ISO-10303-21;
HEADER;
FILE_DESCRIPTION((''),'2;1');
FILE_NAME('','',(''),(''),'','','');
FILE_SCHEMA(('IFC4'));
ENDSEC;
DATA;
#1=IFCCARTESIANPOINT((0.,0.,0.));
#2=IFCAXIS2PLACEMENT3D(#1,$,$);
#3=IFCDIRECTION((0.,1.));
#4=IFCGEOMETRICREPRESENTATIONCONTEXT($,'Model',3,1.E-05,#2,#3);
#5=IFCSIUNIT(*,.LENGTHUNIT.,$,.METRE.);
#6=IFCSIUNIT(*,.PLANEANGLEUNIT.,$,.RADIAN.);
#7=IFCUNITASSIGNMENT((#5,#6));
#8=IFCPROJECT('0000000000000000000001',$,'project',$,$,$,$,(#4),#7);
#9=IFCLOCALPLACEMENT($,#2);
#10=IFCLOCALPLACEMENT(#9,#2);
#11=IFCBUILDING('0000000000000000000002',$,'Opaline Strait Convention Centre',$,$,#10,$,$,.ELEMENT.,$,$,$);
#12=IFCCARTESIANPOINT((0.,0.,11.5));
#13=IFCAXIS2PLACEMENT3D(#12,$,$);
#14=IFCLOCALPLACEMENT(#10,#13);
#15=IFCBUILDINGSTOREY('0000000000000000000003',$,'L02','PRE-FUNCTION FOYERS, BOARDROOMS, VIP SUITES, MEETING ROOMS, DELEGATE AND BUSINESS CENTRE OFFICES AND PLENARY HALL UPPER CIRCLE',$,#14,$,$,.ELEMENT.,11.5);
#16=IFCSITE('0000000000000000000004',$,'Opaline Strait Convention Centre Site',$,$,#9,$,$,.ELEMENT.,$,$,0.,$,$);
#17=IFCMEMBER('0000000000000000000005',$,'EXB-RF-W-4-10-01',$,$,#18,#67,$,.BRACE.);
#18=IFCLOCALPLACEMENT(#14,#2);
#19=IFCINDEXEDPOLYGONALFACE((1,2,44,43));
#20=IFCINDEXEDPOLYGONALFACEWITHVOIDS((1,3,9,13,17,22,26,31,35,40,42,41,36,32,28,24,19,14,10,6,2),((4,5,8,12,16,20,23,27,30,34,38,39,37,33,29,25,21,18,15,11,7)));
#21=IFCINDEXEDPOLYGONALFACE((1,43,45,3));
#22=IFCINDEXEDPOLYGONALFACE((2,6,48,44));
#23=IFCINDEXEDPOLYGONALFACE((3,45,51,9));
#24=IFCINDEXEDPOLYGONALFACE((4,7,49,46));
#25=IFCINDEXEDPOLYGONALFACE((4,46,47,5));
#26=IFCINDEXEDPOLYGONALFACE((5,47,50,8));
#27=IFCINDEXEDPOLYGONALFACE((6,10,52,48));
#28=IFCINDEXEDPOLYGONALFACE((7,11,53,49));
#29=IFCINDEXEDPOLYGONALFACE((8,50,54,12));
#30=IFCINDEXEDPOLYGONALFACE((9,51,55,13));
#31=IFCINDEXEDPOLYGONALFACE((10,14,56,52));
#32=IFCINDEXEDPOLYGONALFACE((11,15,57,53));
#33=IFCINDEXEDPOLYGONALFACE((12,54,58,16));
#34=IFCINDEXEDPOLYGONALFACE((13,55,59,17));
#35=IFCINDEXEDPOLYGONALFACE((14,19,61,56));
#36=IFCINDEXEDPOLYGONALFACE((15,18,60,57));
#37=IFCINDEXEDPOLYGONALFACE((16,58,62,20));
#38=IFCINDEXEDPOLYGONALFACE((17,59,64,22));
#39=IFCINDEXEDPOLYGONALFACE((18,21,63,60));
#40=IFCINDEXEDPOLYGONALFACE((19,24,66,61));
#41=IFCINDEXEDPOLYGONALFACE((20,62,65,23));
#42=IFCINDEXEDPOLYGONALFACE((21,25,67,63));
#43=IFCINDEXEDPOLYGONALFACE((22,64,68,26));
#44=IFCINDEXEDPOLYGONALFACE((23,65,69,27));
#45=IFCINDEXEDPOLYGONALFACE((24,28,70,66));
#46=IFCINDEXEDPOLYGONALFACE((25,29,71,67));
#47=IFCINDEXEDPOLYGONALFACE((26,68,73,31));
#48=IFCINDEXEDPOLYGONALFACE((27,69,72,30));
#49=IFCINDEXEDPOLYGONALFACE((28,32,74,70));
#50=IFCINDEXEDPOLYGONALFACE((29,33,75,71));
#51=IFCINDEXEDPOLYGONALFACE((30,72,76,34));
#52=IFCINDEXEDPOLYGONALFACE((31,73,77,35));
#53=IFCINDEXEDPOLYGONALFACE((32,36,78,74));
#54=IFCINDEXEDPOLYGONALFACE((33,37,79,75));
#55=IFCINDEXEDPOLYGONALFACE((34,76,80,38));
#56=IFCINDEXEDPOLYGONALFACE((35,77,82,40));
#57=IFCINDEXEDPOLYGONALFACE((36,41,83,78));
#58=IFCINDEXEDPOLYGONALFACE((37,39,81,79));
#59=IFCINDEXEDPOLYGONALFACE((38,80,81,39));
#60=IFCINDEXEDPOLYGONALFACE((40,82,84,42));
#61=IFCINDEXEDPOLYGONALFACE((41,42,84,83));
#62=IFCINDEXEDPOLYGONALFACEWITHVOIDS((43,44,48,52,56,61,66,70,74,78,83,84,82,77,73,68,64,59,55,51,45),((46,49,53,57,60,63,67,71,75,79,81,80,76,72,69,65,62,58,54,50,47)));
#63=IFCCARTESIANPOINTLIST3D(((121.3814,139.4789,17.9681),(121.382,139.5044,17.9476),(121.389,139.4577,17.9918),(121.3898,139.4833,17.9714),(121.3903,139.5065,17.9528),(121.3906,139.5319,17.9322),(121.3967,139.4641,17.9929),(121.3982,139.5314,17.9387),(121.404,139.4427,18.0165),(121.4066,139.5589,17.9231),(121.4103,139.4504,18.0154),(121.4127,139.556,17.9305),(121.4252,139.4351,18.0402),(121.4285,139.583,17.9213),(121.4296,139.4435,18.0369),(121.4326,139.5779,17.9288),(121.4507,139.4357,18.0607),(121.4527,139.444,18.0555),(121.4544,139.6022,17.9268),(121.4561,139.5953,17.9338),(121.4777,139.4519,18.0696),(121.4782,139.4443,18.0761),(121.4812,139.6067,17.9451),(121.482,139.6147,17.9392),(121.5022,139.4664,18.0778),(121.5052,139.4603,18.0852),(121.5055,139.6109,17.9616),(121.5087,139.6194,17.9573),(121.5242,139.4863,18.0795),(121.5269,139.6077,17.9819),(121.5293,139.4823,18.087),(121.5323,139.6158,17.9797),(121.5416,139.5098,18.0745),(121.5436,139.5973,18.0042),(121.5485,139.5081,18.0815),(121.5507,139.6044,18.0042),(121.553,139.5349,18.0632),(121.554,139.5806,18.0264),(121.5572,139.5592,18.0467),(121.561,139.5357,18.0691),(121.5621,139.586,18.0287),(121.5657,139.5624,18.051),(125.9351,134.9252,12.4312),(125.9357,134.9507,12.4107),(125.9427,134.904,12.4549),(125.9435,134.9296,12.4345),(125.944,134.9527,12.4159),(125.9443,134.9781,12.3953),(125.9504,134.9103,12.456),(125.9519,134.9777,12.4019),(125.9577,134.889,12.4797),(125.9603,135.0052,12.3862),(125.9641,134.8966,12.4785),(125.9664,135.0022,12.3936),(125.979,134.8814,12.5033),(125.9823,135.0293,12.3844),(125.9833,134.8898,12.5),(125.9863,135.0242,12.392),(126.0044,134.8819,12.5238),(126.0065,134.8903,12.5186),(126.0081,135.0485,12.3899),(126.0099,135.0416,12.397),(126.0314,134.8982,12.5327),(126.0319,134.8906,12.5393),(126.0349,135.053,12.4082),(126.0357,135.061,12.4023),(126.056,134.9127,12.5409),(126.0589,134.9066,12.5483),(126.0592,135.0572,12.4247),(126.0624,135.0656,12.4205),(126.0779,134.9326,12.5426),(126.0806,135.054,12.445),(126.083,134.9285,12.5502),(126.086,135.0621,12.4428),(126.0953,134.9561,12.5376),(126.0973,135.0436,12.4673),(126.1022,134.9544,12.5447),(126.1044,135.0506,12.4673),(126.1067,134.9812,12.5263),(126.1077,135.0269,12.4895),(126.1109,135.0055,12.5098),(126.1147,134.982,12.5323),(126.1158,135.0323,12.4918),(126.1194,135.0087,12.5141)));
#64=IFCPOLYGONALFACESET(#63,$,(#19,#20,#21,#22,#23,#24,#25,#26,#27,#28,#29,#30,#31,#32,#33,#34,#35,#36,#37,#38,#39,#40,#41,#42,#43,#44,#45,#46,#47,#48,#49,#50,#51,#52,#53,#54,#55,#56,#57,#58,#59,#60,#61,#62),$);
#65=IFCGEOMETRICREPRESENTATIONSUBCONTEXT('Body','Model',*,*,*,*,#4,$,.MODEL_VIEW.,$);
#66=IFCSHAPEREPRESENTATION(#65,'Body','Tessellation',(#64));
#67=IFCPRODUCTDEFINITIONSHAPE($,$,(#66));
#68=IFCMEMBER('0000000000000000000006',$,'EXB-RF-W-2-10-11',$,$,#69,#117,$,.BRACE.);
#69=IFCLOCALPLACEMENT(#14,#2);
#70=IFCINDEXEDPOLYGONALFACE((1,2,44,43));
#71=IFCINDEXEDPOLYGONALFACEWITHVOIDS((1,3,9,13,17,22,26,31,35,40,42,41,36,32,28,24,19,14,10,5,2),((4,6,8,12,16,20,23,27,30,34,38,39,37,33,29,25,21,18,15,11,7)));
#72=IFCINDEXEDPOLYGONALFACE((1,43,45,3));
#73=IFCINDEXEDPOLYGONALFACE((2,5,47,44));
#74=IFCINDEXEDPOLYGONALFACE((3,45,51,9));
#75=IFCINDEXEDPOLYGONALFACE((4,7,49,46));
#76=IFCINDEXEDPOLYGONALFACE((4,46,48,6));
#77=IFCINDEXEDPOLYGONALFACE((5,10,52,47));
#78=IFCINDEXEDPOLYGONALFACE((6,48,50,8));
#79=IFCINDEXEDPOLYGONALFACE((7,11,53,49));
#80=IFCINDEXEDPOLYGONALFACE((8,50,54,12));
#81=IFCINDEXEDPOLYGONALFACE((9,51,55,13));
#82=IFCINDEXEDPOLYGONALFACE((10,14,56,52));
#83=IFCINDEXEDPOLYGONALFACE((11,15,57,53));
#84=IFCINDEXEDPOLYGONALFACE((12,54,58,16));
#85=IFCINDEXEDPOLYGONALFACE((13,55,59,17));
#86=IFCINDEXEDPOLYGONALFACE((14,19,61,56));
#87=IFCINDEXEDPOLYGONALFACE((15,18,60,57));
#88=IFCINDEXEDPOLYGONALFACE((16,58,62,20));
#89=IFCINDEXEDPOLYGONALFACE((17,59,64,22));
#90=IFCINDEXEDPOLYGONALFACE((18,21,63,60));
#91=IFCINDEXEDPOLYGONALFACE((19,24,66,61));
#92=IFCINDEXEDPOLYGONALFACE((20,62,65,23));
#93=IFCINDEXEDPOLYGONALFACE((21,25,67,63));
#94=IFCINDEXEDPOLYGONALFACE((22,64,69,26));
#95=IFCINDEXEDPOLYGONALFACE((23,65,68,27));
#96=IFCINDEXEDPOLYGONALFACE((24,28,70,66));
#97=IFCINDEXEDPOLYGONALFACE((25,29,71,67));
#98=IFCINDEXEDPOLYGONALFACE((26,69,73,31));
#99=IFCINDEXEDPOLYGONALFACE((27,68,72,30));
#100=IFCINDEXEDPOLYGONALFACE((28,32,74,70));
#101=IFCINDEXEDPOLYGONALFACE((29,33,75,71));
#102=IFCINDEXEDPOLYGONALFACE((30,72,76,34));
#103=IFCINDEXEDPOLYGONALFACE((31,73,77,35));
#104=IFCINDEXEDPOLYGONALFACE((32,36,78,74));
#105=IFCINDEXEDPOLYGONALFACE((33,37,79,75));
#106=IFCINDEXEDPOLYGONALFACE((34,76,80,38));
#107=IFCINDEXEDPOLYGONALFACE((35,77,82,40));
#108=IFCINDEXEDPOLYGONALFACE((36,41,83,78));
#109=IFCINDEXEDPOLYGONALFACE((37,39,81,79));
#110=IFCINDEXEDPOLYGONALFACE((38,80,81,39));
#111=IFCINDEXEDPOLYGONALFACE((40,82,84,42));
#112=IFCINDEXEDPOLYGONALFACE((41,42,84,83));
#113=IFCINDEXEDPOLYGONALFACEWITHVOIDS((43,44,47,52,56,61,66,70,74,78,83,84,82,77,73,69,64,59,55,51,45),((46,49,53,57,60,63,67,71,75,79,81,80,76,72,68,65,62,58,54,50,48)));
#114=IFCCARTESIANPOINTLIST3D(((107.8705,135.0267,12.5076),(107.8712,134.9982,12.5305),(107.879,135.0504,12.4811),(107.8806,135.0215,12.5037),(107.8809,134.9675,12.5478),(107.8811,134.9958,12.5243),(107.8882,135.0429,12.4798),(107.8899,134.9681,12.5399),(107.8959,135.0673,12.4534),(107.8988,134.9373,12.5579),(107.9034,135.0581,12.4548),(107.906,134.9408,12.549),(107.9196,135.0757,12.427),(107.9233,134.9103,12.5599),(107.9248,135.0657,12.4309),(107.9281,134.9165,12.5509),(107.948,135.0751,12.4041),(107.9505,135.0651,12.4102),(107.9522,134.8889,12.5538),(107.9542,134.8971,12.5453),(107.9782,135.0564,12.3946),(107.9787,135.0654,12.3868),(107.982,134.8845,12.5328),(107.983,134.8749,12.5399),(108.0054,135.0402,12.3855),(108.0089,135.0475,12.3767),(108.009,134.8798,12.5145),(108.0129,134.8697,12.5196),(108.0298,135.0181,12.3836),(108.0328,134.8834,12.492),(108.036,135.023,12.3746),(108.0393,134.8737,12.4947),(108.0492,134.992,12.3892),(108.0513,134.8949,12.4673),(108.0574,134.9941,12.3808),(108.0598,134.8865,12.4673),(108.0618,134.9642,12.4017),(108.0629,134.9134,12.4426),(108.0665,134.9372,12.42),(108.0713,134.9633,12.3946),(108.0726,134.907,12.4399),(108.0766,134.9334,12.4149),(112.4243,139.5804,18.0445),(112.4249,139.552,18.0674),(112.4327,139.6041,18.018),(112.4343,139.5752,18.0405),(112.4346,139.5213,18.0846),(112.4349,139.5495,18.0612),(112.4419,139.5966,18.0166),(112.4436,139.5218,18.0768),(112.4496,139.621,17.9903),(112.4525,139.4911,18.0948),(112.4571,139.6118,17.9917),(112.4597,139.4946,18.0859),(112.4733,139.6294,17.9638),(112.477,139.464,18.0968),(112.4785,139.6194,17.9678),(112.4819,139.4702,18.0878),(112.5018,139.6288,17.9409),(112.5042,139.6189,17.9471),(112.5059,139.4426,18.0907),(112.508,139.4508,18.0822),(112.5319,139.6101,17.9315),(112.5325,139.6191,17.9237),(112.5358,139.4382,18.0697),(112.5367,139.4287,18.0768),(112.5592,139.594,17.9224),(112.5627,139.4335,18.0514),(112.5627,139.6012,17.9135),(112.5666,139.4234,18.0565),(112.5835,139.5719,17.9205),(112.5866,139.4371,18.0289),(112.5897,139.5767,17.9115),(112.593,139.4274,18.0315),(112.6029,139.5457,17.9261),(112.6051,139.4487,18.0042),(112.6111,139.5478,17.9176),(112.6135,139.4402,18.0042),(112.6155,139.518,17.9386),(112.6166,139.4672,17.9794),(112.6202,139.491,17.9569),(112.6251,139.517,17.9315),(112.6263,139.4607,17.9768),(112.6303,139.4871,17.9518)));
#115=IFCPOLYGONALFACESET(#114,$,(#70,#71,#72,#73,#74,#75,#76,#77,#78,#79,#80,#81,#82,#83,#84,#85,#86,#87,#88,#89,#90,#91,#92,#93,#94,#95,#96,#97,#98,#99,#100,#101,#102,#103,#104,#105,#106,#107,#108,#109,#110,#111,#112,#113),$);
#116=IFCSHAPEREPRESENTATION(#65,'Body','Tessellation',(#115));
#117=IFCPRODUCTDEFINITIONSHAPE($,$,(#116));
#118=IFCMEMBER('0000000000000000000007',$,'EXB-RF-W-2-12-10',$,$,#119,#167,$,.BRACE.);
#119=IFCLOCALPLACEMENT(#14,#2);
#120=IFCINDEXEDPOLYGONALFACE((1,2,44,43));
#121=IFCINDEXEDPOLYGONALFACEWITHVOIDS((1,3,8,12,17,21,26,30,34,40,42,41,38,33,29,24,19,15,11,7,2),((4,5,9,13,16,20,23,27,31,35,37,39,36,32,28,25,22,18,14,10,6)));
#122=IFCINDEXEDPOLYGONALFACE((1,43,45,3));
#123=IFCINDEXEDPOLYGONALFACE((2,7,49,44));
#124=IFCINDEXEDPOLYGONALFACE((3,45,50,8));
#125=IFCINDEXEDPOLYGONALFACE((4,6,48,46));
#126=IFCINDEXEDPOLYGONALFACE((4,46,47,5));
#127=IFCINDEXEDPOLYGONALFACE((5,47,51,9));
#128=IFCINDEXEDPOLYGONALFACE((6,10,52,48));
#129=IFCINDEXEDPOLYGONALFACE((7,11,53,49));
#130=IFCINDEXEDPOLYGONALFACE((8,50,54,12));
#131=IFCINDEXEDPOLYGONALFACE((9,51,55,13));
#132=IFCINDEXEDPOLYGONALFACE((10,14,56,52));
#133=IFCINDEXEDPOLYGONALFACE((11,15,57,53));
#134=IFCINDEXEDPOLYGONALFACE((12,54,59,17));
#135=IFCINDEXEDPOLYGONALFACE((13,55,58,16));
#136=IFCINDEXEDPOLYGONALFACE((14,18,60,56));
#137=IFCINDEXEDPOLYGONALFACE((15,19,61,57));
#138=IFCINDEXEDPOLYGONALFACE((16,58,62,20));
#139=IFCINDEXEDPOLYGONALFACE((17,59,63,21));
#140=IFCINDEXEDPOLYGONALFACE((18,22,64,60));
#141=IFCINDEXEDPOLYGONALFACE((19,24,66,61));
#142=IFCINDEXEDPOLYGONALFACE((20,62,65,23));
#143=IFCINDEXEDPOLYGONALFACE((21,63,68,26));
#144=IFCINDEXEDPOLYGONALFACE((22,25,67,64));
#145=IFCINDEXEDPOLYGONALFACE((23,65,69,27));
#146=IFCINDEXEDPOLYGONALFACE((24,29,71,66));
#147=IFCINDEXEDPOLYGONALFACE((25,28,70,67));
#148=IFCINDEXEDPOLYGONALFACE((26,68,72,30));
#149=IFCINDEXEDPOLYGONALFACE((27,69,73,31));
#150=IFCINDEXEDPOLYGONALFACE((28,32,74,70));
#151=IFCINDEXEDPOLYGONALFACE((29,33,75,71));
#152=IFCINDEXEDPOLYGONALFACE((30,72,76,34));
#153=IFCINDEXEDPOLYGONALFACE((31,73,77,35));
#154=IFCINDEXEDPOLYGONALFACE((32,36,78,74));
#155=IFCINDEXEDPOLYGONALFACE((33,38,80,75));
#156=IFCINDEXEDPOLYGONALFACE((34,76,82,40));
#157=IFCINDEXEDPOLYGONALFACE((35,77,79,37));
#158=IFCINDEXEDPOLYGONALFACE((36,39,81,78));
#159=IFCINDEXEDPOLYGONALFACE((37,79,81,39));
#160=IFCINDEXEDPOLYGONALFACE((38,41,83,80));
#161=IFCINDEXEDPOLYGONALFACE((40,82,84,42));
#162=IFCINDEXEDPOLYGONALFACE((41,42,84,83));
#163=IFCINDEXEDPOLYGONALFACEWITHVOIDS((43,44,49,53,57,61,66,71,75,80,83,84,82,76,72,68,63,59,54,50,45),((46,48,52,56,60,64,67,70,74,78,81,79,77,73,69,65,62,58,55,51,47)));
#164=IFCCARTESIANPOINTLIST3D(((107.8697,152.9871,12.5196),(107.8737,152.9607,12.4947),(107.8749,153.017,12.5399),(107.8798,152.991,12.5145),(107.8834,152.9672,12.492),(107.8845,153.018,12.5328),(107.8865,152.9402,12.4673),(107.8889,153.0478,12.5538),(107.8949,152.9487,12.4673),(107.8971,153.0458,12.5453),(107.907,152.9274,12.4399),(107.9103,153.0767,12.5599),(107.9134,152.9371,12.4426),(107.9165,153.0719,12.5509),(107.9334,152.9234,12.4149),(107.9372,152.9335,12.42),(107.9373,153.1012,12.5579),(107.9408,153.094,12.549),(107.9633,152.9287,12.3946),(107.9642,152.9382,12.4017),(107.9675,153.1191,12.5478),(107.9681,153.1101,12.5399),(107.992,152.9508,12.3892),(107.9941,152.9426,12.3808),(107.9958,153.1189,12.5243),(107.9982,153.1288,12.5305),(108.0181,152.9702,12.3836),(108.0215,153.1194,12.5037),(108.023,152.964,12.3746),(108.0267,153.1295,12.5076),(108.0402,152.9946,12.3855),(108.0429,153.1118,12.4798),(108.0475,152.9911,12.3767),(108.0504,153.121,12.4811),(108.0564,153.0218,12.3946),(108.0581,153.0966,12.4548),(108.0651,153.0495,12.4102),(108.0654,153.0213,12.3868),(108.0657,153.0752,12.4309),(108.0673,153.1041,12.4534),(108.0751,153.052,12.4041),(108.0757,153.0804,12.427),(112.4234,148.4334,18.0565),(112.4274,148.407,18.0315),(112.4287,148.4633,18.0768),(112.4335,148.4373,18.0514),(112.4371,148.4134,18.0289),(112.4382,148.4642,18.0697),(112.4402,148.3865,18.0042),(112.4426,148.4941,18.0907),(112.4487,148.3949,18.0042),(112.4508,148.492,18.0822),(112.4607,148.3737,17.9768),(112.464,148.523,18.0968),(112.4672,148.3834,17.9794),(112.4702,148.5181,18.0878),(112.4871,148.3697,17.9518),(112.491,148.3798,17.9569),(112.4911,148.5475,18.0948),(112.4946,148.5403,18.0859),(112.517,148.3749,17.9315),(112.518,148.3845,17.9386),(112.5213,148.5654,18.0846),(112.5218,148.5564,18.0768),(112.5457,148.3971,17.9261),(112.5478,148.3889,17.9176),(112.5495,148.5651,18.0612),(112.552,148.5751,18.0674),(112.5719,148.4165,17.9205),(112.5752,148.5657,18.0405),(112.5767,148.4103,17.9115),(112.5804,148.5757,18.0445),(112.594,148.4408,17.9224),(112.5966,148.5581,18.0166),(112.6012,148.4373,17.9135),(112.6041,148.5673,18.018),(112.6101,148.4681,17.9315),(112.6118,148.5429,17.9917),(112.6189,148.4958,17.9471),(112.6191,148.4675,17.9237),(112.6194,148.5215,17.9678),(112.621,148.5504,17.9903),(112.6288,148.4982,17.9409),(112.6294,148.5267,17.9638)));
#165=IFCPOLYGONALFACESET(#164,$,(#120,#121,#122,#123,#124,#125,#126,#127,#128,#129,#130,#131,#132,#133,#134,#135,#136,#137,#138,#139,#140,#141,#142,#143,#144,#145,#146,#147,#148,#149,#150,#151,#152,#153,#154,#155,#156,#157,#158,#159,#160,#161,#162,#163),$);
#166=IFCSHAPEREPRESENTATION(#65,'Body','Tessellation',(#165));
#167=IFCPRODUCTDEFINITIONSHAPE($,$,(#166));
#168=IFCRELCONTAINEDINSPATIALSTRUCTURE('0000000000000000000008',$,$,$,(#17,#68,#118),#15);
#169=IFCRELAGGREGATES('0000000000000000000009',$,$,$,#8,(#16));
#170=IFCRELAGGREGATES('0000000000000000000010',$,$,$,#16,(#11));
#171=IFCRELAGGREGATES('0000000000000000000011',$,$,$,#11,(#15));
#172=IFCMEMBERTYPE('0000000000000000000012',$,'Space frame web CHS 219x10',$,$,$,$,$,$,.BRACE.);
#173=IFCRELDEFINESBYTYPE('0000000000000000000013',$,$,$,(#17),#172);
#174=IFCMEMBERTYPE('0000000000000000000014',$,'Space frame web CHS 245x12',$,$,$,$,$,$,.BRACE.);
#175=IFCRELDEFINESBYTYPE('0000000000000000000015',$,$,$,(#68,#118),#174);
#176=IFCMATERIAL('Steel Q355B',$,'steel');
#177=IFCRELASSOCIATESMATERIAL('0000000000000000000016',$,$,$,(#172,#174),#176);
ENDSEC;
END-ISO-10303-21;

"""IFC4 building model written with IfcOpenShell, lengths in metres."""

from ifc_helpers import new_model, si_unit, direction, frame, origin, origin_2d, place, context, subcontext, project, spatial, hollow_circle, extrude, material, material_profile, profile_set, type_object, element, save


model = new_model("IFC4")

# Units and contexts
model_context = context("Model", 3, precision=1e-05, world=origin(), true_north=direction((0.0, 1.0)))
body_context = subcontext(model_context, "Body", "Model", "MODEL_VIEW")
ifc_project = project(units=[si_unit("LENGTHUNIT", "METRE"), si_unit("PLANEANGLEUNIT", "RADIAN")], contexts=[model_context])

# Site, building, storey
site_placement = place(None, origin())
site = spatial("IfcSite", under=ifc_project, at=site_placement, Name="Opaline Strait Convention Centre Site", CompositionType="ELEMENT", RefElevation=0.0)
building_placement = place(site_placement, origin())
building = spatial("IfcBuilding", under=site, at=building_placement, Name="Opaline Strait Convention Centre", CompositionType="ELEMENT")
storey_placement = place(building_placement, frame((0.0, 0.0, 11.5)))
storey = spatial("IfcBuildingStorey", under=building, at=storey_placement, Name="L02", Description="PRE-FUNCTION FOYERS, BOARDROOMS, VIP SUITES, MEETING ROOMS, DELEGATE AND BUSINESS CENTRE OFFICES AND PLENARY HALL UPPER CIRCLE", CompositionType="ELEMENT", Elevation=11.5)

# Members
ifc_material = material(Name="Steel Q355B", Category="steel")
ifc_material_profile_1 = material_profile(ifc_material, hollow_circle(Radius=0.1096, WallThickness=0.01, at=origin_2d()), Name="CHS 219x10")
ifc_profile_set_1 = profile_set([ifc_material_profile_1], Name="Steel Q355B")
member_type_1 = type_object("IfcMemberType", Name="Space frame web CHS 219x10", PredefinedType="BRACE", material=ifc_profile_set_1)
for number, where, z_axis, x_axis, name in (
    (1, (121.4731, 139.5269, 18.0042), (0.536178, -0.536178, -0.65194), (0.707107, 0.707107, 0.0), "EXB-RF-W-4-10-01"),
):
    element("IfcMember", number, at=place(storey_placement, frame(where, z_axis=z_axis, x_axis=x_axis)), inside=storey, type_object=member_type_1, Name=name, PredefinedType="BRACE", context=body_context, shape_type="SweptSolid", body=[
        extrude(hollow_circle(Radius=0.1096, WallThickness=0.01, at=origin_2d()), origin(), (0.0, 0.0, 1.0), 8.4929),
    ])
ifc_material_profile_2 = material_profile(ifc_material, hollow_circle(Radius=0.1226, WallThickness=0.012, at=origin_2d()), Name="CHS 245x12")
ifc_profile_set_2 = profile_set([ifc_material_profile_2], Name="Steel Q355B")
member_type_2 = type_object("IfcMemberType", Name="Space frame web CHS 245x12", PredefinedType="BRACE", material=ifc_profile_set_2)
for number, where, z_axis, x_axis, name in (
    (2, (112.5269, 139.5269, 18.0042), (-0.536178, -0.536178, -0.65194), (0.707107, -0.707107, 0.0), "EXB-RF-W-2-10-11"),
    (3, (112.5269, 148.4731, 18.0042), (-0.536178, 0.536178, -0.65194), (-0.707107, -0.707107, 0.0), "EXB-RF-W-2-12-10"),
):
    element("IfcMember", number, at=place(storey_placement, frame(where, z_axis=z_axis, x_axis=x_axis)), inside=storey, type_object=member_type_2, Name=name, PredefinedType="BRACE", context=body_context, shape_type="SweptSolid", body=[
        extrude(hollow_circle(Radius=0.1226, WallThickness=0.012, at=origin_2d()), origin(), (0.0, 0.0, 1.0), 8.4929),
    ])

save(model, "model.ifc")
